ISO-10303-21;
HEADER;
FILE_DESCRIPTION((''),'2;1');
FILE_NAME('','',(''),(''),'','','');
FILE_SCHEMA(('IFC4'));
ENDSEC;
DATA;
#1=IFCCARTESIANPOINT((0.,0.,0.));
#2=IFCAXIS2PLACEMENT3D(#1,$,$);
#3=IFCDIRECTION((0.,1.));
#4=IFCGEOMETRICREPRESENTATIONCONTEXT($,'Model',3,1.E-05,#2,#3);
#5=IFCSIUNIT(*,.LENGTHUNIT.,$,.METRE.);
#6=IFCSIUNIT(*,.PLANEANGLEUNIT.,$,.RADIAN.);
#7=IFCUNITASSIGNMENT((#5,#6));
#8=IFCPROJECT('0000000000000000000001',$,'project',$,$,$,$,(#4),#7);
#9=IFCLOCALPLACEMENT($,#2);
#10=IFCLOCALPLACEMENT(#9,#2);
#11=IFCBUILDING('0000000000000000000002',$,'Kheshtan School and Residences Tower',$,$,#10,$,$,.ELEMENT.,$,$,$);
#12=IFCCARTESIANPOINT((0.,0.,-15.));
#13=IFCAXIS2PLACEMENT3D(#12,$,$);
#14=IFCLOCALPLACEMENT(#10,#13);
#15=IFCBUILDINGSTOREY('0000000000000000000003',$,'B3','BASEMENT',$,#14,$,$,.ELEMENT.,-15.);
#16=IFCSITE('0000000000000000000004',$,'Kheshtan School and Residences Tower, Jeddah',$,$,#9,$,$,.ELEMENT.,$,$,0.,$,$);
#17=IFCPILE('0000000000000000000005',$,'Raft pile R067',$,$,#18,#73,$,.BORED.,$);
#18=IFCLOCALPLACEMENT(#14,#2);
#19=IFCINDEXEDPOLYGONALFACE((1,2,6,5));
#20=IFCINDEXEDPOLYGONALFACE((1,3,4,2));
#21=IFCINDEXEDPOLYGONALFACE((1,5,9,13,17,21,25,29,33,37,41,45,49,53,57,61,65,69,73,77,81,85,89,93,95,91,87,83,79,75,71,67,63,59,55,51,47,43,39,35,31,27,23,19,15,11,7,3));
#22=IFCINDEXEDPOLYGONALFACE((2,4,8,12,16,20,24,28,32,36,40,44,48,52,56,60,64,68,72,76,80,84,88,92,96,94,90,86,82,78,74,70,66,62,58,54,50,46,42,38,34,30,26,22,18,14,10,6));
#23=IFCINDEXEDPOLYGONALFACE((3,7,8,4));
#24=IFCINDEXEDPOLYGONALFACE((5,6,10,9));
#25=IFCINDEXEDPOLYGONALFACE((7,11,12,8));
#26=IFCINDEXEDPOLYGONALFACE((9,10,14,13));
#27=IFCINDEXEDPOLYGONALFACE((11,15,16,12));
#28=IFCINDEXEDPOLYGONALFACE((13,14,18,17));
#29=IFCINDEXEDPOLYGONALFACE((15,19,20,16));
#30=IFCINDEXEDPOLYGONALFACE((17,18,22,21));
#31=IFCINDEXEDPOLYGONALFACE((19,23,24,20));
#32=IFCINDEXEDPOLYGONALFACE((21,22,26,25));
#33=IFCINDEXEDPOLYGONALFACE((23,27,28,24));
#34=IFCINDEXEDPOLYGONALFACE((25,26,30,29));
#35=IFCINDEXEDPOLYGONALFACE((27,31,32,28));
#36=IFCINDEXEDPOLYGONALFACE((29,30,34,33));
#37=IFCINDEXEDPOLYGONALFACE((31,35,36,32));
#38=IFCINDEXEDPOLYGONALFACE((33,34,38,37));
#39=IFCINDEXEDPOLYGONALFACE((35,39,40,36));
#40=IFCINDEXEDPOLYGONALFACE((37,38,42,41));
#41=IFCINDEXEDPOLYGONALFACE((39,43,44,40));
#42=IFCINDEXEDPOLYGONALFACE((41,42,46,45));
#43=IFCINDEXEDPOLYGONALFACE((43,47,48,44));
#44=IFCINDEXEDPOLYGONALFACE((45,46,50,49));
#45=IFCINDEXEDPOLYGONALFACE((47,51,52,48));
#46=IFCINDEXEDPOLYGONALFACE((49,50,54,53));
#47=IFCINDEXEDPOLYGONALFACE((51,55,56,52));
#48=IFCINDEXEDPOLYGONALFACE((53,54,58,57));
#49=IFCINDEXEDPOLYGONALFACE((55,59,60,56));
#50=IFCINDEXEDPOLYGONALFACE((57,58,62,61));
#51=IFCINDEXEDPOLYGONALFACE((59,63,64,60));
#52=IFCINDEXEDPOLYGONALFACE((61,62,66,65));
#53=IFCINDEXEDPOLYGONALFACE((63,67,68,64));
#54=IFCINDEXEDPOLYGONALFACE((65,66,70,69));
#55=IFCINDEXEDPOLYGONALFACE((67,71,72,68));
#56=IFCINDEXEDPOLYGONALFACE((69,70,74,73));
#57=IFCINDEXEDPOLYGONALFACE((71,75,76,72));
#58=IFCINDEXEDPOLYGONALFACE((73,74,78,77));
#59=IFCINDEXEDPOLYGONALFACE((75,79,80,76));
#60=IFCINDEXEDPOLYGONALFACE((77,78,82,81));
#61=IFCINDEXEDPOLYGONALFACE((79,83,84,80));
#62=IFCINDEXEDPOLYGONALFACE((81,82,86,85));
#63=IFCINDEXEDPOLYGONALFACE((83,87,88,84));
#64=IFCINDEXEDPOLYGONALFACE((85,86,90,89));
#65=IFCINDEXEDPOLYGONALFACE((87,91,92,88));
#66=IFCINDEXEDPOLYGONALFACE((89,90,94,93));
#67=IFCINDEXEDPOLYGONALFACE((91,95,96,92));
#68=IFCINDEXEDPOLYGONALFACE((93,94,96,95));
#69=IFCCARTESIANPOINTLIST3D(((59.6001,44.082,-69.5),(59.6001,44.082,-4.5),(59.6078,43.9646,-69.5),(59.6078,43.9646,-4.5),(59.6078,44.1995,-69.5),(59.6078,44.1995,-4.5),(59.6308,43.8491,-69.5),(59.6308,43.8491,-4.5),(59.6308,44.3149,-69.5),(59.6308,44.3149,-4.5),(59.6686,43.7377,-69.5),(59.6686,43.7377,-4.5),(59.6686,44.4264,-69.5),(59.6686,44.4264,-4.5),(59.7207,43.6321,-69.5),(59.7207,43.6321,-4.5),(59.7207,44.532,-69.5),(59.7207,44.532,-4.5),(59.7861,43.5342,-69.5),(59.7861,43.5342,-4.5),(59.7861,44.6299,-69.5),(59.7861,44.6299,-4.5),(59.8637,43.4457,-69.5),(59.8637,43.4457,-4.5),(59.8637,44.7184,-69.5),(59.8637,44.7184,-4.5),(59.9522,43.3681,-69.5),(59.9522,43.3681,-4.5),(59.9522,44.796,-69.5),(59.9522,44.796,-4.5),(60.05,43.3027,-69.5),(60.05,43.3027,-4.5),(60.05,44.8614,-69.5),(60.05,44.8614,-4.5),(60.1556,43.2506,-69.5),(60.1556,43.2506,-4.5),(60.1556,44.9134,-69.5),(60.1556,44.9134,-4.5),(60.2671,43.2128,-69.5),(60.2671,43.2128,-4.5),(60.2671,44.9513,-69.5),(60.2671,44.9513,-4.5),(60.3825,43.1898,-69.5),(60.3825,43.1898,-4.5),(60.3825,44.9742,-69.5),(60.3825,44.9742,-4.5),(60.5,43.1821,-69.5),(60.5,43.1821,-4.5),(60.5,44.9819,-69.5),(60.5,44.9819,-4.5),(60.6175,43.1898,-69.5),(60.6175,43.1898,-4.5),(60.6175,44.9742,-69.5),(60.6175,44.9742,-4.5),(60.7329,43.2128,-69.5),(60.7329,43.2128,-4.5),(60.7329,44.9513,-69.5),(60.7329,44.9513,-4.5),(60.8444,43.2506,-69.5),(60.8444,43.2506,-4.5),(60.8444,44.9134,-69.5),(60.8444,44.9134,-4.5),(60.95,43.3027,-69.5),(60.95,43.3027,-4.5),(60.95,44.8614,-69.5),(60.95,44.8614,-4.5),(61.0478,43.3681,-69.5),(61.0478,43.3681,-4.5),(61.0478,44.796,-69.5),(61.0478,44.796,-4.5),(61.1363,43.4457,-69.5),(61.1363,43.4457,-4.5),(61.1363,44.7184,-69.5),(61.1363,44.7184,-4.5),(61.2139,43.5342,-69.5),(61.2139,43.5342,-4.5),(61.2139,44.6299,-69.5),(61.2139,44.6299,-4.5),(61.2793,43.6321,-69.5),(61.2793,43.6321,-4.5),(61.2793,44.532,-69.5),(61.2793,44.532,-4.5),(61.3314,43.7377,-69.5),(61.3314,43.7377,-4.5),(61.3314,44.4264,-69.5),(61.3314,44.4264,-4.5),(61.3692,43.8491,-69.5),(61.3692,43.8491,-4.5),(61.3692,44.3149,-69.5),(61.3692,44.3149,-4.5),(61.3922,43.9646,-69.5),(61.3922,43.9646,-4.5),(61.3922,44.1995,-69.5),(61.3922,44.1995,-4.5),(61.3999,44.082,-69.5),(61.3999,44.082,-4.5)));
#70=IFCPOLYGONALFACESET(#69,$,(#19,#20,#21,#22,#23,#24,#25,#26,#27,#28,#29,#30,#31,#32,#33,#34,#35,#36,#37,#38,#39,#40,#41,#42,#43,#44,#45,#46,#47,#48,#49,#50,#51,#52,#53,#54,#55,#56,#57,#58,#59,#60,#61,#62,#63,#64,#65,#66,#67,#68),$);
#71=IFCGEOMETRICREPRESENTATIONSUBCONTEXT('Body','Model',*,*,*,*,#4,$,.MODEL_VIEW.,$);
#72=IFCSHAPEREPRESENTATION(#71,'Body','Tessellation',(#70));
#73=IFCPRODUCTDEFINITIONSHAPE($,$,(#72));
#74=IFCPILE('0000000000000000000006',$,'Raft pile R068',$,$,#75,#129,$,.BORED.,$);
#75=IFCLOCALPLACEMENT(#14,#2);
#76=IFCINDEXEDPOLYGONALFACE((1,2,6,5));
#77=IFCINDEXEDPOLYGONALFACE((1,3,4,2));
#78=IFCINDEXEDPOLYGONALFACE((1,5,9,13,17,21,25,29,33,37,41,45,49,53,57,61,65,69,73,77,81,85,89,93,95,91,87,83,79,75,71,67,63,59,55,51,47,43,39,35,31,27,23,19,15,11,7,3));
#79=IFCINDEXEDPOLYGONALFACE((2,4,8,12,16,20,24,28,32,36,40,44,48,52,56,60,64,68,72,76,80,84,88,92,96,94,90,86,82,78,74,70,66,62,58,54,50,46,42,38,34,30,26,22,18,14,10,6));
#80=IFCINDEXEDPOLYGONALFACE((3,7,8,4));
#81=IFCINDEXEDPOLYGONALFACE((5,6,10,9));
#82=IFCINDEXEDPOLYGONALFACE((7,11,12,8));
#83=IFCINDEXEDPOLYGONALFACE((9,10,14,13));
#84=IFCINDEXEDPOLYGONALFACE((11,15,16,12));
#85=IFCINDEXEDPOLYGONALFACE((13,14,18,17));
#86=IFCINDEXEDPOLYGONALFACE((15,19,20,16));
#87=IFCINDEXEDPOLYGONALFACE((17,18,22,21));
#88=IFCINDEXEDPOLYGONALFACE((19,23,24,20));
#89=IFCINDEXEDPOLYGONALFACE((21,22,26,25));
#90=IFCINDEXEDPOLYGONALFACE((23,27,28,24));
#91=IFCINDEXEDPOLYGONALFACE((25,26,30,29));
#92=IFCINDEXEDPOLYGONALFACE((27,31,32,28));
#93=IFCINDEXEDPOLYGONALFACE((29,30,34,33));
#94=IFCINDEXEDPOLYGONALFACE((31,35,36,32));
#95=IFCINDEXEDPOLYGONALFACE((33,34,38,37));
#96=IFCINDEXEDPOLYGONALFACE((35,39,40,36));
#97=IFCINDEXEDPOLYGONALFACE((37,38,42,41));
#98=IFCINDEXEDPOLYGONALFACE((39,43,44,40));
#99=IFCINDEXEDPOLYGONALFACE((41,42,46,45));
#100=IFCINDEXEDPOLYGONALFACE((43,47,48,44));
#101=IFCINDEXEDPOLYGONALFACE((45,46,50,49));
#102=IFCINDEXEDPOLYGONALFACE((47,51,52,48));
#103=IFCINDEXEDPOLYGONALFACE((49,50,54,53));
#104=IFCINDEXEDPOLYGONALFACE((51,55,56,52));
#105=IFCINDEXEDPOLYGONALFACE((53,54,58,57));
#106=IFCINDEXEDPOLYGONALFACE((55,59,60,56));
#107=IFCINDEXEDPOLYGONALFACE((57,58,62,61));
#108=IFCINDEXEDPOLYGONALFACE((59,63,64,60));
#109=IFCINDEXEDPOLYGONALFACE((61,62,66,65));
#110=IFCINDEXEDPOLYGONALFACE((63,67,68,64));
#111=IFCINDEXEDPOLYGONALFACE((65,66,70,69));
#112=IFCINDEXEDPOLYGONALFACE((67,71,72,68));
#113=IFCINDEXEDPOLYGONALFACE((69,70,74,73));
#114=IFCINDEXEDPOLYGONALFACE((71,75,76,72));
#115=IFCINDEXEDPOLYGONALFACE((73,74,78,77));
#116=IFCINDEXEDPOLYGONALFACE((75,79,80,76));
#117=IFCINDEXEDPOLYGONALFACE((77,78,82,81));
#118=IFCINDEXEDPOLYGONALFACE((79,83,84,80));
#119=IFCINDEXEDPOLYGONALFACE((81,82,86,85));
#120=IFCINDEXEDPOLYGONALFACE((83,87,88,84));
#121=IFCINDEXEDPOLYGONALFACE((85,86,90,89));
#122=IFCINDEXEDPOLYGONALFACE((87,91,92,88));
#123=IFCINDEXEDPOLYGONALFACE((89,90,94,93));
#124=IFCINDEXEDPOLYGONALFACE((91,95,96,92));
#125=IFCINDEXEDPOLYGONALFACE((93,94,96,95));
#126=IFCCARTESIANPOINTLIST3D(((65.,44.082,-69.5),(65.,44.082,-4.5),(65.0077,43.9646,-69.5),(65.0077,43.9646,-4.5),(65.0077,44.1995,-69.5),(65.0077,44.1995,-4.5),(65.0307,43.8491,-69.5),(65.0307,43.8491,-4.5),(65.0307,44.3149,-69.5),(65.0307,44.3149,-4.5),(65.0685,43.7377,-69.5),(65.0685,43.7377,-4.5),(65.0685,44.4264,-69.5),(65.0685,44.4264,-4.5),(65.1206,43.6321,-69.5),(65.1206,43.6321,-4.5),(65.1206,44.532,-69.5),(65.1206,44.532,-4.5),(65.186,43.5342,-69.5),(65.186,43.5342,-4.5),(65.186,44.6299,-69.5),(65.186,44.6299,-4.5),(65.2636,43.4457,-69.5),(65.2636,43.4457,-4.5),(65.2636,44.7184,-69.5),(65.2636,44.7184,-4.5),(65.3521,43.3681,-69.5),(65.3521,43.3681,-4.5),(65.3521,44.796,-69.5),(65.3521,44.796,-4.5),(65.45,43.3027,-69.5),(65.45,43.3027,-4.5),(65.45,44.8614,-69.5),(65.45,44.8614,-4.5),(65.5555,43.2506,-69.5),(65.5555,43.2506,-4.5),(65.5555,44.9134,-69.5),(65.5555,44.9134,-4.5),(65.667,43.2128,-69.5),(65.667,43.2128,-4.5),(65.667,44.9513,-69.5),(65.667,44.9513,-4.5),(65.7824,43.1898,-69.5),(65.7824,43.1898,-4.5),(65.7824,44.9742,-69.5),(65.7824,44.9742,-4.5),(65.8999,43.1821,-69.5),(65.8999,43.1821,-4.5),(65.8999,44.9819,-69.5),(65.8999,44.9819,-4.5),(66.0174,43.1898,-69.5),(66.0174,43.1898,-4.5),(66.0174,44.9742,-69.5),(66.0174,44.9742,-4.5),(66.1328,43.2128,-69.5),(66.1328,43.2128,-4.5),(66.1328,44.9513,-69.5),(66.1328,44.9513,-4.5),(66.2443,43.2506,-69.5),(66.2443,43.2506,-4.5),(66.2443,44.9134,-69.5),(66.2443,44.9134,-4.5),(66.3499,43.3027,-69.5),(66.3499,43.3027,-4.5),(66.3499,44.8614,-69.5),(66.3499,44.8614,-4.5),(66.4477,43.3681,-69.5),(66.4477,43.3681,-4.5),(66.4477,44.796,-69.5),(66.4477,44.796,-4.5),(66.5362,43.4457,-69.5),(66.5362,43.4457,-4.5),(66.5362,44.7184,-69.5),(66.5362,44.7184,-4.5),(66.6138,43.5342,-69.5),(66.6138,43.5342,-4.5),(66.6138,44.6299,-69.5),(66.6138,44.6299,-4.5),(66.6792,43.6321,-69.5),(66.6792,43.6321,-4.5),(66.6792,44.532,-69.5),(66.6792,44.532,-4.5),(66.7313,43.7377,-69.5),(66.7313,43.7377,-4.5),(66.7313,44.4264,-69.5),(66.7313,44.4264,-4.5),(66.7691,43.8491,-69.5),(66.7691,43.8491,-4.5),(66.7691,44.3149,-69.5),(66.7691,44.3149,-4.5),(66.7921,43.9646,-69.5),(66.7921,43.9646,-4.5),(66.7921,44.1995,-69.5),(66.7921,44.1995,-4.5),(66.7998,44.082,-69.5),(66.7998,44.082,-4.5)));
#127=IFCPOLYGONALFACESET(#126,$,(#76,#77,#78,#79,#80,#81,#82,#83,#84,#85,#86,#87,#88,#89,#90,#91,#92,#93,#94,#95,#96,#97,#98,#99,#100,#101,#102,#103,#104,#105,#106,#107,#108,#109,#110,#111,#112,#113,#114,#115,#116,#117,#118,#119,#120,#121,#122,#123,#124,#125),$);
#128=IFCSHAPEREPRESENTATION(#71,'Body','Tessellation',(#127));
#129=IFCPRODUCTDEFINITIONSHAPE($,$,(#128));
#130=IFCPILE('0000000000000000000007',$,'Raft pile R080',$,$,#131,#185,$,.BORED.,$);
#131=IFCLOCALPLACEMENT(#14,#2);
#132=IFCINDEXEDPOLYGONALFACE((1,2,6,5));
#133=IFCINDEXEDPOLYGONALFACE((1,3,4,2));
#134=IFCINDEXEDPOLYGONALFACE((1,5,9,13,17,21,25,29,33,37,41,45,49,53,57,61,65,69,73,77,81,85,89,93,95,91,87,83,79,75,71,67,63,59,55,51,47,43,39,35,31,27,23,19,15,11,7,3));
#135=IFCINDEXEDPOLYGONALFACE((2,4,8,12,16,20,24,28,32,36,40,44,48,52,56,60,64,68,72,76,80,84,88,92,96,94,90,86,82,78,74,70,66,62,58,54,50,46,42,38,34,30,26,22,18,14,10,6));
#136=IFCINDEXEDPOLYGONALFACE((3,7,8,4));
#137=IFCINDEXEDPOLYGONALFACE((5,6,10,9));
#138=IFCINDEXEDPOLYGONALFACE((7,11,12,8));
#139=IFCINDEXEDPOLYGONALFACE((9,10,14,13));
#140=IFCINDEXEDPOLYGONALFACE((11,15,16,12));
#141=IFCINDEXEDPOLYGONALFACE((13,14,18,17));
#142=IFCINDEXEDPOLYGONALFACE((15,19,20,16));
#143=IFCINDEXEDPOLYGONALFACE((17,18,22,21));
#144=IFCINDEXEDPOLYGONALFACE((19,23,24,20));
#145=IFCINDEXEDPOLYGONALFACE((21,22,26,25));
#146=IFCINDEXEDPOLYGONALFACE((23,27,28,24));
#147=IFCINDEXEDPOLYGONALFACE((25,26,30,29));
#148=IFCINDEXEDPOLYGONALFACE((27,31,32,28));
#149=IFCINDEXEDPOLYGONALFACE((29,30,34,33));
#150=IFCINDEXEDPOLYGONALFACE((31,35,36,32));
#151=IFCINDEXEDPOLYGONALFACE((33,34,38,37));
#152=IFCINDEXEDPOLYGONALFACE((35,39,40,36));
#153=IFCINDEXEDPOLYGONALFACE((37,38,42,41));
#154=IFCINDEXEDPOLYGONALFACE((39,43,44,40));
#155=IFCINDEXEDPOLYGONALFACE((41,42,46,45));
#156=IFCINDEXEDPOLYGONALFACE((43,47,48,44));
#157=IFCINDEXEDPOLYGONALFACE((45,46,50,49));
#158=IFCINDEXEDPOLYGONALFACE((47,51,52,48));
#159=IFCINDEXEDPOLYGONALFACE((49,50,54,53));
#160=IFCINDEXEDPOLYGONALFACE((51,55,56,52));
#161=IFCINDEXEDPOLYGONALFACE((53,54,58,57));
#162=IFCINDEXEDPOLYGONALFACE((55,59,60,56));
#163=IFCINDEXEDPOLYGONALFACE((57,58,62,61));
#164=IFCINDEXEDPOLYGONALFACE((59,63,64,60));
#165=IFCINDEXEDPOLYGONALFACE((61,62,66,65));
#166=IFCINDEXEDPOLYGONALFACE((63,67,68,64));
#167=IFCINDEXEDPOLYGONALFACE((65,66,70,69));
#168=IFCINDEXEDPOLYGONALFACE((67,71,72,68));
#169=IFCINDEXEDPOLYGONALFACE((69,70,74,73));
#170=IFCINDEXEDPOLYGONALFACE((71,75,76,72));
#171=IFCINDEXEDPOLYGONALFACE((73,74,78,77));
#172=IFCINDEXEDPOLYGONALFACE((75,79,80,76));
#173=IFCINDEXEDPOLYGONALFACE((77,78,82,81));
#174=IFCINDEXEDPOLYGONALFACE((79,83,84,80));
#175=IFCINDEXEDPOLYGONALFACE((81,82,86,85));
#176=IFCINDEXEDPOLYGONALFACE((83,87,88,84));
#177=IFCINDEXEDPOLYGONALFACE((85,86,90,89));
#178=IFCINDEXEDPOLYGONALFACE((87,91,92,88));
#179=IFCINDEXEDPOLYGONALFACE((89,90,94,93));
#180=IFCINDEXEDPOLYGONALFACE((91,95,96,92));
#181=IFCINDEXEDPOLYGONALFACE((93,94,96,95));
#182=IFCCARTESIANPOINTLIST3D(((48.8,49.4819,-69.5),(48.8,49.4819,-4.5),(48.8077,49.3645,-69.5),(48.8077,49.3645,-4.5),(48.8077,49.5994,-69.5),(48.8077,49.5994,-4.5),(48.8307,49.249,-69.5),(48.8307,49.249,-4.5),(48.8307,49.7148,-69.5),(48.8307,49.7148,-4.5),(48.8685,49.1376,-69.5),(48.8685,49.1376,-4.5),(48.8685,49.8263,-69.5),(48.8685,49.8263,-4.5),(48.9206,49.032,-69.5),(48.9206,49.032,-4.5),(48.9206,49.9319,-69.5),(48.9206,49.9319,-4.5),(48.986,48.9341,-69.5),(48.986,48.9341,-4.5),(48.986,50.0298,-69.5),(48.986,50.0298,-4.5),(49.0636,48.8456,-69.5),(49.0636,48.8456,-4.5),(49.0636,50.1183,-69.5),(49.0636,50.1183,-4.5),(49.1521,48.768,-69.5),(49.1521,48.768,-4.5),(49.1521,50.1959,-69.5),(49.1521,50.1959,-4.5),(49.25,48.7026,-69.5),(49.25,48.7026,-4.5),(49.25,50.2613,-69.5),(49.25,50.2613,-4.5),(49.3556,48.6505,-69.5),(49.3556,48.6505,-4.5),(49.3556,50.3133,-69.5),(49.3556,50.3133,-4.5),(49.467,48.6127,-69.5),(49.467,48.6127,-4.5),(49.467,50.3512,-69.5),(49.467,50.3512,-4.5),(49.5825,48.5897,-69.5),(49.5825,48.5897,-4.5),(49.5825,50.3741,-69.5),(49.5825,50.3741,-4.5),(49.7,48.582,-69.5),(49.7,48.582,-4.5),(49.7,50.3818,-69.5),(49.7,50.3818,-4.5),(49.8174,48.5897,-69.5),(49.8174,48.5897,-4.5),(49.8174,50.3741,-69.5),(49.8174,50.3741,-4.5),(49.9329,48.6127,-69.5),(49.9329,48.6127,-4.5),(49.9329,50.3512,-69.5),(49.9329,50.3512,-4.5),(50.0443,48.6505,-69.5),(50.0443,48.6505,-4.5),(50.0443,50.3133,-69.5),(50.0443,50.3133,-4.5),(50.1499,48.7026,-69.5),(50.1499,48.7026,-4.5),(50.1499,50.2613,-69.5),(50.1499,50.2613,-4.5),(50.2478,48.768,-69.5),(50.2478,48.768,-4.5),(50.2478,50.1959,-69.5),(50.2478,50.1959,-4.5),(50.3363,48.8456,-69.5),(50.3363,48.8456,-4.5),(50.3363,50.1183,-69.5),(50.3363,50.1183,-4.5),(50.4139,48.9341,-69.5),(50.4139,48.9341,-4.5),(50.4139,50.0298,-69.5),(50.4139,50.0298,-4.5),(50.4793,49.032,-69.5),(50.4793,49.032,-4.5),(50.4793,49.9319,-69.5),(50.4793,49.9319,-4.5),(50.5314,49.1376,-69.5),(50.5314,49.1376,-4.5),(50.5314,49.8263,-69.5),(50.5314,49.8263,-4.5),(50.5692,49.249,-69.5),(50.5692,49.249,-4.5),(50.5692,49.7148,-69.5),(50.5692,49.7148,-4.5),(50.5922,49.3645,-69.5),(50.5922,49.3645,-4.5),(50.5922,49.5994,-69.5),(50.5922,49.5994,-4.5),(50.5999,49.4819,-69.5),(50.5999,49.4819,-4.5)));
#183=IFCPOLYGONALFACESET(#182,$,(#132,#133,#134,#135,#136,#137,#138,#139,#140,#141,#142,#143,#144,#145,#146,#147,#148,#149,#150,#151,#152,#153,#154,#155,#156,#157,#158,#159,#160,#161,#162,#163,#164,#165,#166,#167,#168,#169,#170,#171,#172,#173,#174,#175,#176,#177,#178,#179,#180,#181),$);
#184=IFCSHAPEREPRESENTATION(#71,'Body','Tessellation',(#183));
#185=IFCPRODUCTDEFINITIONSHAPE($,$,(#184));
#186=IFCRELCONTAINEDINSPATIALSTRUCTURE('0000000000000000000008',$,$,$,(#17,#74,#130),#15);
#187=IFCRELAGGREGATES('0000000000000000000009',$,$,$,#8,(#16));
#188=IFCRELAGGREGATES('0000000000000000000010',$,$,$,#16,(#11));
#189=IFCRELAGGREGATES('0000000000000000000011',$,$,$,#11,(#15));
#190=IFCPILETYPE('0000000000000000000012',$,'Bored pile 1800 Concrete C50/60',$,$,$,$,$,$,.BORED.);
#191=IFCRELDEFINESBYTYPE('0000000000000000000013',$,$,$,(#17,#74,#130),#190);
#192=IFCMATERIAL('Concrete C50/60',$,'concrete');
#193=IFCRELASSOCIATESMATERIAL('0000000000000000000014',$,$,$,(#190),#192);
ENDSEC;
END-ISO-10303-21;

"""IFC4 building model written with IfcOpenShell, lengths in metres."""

from ifc_helpers import new_model, si_unit, direction, frame, origin, origin_2d, place, context, subcontext, project, spatial, circle, extrude, material, material_profile, profile_set, type_object, element, save


model = new_model("IFC4")

# Units and contexts
model_context = context("Model", 3, precision=1e-05, world=origin(), true_north=direction((0.0, 1.0)))
body_context = subcontext(model_context, "Body", "Model", "MODEL_VIEW")
ifc_project = project(units=[si_unit("LENGTHUNIT", "METRE"), si_unit("PLANEANGLEUNIT", "RADIAN")], contexts=[model_context])

# Site, building, storey
site_placement = place(None, origin())
site = spatial("IfcSite", under=ifc_project, at=site_placement, Name="Kheshtan School and Residences Tower, Jeddah", CompositionType="ELEMENT", RefElevation=0.0)
building_placement = place(site_placement, origin())
building = spatial("IfcBuilding", under=site, at=building_placement, Name="Kheshtan School and Residences Tower", CompositionType="ELEMENT")
storey_placement = place(building_placement, frame((0.0, 0.0, -15.0)))
storey = spatial("IfcBuildingStorey", under=building, at=storey_placement, Name="B3", Description="BASEMENT", CompositionType="ELEMENT", Elevation=-15.0)

# Piles
ifc_material_1 = material(Name="Concrete C50/60", Category="concrete")
ifc_material_profile_1 = material_profile(ifc_material_1, circle(Radius=0.8999, at=origin_2d()), Name="BP 1800")
ifc_profile_set_1 = profile_set([ifc_material_profile_1], Name="Concrete C50/60")
pile_type_1 = type_object("IfcPileType", Name="Bored pile 1800 Concrete C50/60", PredefinedType="BORED", material=ifc_profile_set_1)
for number, where, z_axis, x_axis, name in (
    (1, (60.5, 44.082, -4.5), (0.0, 0.0, -1.0), (1.0, 0.0, 0.0), "Raft pile R067"),
    (2, (65.8999, 44.082, -4.5), (0.0, 0.0, -1.0), (1.0, 0.0, 0.0), "Raft pile R068"),
    (3, (49.7, 49.4819, -4.5), (0.0, 0.0, -1.0), (1.0, 0.0, 0.0), "Raft pile R080"),
):
    element("IfcPile", number, at=place(storey_placement, frame(where, z_axis=z_axis, x_axis=x_axis)), inside=storey, type_object=pile_type_1, Name=name, PredefinedType="BORED", context=body_context, shape_type="SweptSolid", body=[
        extrude(circle(Radius=0.8999, at=origin_2d()), origin(), (0.0, 0.0, 1.0), 65.0),
    ])

save(model, "model.ifc")
